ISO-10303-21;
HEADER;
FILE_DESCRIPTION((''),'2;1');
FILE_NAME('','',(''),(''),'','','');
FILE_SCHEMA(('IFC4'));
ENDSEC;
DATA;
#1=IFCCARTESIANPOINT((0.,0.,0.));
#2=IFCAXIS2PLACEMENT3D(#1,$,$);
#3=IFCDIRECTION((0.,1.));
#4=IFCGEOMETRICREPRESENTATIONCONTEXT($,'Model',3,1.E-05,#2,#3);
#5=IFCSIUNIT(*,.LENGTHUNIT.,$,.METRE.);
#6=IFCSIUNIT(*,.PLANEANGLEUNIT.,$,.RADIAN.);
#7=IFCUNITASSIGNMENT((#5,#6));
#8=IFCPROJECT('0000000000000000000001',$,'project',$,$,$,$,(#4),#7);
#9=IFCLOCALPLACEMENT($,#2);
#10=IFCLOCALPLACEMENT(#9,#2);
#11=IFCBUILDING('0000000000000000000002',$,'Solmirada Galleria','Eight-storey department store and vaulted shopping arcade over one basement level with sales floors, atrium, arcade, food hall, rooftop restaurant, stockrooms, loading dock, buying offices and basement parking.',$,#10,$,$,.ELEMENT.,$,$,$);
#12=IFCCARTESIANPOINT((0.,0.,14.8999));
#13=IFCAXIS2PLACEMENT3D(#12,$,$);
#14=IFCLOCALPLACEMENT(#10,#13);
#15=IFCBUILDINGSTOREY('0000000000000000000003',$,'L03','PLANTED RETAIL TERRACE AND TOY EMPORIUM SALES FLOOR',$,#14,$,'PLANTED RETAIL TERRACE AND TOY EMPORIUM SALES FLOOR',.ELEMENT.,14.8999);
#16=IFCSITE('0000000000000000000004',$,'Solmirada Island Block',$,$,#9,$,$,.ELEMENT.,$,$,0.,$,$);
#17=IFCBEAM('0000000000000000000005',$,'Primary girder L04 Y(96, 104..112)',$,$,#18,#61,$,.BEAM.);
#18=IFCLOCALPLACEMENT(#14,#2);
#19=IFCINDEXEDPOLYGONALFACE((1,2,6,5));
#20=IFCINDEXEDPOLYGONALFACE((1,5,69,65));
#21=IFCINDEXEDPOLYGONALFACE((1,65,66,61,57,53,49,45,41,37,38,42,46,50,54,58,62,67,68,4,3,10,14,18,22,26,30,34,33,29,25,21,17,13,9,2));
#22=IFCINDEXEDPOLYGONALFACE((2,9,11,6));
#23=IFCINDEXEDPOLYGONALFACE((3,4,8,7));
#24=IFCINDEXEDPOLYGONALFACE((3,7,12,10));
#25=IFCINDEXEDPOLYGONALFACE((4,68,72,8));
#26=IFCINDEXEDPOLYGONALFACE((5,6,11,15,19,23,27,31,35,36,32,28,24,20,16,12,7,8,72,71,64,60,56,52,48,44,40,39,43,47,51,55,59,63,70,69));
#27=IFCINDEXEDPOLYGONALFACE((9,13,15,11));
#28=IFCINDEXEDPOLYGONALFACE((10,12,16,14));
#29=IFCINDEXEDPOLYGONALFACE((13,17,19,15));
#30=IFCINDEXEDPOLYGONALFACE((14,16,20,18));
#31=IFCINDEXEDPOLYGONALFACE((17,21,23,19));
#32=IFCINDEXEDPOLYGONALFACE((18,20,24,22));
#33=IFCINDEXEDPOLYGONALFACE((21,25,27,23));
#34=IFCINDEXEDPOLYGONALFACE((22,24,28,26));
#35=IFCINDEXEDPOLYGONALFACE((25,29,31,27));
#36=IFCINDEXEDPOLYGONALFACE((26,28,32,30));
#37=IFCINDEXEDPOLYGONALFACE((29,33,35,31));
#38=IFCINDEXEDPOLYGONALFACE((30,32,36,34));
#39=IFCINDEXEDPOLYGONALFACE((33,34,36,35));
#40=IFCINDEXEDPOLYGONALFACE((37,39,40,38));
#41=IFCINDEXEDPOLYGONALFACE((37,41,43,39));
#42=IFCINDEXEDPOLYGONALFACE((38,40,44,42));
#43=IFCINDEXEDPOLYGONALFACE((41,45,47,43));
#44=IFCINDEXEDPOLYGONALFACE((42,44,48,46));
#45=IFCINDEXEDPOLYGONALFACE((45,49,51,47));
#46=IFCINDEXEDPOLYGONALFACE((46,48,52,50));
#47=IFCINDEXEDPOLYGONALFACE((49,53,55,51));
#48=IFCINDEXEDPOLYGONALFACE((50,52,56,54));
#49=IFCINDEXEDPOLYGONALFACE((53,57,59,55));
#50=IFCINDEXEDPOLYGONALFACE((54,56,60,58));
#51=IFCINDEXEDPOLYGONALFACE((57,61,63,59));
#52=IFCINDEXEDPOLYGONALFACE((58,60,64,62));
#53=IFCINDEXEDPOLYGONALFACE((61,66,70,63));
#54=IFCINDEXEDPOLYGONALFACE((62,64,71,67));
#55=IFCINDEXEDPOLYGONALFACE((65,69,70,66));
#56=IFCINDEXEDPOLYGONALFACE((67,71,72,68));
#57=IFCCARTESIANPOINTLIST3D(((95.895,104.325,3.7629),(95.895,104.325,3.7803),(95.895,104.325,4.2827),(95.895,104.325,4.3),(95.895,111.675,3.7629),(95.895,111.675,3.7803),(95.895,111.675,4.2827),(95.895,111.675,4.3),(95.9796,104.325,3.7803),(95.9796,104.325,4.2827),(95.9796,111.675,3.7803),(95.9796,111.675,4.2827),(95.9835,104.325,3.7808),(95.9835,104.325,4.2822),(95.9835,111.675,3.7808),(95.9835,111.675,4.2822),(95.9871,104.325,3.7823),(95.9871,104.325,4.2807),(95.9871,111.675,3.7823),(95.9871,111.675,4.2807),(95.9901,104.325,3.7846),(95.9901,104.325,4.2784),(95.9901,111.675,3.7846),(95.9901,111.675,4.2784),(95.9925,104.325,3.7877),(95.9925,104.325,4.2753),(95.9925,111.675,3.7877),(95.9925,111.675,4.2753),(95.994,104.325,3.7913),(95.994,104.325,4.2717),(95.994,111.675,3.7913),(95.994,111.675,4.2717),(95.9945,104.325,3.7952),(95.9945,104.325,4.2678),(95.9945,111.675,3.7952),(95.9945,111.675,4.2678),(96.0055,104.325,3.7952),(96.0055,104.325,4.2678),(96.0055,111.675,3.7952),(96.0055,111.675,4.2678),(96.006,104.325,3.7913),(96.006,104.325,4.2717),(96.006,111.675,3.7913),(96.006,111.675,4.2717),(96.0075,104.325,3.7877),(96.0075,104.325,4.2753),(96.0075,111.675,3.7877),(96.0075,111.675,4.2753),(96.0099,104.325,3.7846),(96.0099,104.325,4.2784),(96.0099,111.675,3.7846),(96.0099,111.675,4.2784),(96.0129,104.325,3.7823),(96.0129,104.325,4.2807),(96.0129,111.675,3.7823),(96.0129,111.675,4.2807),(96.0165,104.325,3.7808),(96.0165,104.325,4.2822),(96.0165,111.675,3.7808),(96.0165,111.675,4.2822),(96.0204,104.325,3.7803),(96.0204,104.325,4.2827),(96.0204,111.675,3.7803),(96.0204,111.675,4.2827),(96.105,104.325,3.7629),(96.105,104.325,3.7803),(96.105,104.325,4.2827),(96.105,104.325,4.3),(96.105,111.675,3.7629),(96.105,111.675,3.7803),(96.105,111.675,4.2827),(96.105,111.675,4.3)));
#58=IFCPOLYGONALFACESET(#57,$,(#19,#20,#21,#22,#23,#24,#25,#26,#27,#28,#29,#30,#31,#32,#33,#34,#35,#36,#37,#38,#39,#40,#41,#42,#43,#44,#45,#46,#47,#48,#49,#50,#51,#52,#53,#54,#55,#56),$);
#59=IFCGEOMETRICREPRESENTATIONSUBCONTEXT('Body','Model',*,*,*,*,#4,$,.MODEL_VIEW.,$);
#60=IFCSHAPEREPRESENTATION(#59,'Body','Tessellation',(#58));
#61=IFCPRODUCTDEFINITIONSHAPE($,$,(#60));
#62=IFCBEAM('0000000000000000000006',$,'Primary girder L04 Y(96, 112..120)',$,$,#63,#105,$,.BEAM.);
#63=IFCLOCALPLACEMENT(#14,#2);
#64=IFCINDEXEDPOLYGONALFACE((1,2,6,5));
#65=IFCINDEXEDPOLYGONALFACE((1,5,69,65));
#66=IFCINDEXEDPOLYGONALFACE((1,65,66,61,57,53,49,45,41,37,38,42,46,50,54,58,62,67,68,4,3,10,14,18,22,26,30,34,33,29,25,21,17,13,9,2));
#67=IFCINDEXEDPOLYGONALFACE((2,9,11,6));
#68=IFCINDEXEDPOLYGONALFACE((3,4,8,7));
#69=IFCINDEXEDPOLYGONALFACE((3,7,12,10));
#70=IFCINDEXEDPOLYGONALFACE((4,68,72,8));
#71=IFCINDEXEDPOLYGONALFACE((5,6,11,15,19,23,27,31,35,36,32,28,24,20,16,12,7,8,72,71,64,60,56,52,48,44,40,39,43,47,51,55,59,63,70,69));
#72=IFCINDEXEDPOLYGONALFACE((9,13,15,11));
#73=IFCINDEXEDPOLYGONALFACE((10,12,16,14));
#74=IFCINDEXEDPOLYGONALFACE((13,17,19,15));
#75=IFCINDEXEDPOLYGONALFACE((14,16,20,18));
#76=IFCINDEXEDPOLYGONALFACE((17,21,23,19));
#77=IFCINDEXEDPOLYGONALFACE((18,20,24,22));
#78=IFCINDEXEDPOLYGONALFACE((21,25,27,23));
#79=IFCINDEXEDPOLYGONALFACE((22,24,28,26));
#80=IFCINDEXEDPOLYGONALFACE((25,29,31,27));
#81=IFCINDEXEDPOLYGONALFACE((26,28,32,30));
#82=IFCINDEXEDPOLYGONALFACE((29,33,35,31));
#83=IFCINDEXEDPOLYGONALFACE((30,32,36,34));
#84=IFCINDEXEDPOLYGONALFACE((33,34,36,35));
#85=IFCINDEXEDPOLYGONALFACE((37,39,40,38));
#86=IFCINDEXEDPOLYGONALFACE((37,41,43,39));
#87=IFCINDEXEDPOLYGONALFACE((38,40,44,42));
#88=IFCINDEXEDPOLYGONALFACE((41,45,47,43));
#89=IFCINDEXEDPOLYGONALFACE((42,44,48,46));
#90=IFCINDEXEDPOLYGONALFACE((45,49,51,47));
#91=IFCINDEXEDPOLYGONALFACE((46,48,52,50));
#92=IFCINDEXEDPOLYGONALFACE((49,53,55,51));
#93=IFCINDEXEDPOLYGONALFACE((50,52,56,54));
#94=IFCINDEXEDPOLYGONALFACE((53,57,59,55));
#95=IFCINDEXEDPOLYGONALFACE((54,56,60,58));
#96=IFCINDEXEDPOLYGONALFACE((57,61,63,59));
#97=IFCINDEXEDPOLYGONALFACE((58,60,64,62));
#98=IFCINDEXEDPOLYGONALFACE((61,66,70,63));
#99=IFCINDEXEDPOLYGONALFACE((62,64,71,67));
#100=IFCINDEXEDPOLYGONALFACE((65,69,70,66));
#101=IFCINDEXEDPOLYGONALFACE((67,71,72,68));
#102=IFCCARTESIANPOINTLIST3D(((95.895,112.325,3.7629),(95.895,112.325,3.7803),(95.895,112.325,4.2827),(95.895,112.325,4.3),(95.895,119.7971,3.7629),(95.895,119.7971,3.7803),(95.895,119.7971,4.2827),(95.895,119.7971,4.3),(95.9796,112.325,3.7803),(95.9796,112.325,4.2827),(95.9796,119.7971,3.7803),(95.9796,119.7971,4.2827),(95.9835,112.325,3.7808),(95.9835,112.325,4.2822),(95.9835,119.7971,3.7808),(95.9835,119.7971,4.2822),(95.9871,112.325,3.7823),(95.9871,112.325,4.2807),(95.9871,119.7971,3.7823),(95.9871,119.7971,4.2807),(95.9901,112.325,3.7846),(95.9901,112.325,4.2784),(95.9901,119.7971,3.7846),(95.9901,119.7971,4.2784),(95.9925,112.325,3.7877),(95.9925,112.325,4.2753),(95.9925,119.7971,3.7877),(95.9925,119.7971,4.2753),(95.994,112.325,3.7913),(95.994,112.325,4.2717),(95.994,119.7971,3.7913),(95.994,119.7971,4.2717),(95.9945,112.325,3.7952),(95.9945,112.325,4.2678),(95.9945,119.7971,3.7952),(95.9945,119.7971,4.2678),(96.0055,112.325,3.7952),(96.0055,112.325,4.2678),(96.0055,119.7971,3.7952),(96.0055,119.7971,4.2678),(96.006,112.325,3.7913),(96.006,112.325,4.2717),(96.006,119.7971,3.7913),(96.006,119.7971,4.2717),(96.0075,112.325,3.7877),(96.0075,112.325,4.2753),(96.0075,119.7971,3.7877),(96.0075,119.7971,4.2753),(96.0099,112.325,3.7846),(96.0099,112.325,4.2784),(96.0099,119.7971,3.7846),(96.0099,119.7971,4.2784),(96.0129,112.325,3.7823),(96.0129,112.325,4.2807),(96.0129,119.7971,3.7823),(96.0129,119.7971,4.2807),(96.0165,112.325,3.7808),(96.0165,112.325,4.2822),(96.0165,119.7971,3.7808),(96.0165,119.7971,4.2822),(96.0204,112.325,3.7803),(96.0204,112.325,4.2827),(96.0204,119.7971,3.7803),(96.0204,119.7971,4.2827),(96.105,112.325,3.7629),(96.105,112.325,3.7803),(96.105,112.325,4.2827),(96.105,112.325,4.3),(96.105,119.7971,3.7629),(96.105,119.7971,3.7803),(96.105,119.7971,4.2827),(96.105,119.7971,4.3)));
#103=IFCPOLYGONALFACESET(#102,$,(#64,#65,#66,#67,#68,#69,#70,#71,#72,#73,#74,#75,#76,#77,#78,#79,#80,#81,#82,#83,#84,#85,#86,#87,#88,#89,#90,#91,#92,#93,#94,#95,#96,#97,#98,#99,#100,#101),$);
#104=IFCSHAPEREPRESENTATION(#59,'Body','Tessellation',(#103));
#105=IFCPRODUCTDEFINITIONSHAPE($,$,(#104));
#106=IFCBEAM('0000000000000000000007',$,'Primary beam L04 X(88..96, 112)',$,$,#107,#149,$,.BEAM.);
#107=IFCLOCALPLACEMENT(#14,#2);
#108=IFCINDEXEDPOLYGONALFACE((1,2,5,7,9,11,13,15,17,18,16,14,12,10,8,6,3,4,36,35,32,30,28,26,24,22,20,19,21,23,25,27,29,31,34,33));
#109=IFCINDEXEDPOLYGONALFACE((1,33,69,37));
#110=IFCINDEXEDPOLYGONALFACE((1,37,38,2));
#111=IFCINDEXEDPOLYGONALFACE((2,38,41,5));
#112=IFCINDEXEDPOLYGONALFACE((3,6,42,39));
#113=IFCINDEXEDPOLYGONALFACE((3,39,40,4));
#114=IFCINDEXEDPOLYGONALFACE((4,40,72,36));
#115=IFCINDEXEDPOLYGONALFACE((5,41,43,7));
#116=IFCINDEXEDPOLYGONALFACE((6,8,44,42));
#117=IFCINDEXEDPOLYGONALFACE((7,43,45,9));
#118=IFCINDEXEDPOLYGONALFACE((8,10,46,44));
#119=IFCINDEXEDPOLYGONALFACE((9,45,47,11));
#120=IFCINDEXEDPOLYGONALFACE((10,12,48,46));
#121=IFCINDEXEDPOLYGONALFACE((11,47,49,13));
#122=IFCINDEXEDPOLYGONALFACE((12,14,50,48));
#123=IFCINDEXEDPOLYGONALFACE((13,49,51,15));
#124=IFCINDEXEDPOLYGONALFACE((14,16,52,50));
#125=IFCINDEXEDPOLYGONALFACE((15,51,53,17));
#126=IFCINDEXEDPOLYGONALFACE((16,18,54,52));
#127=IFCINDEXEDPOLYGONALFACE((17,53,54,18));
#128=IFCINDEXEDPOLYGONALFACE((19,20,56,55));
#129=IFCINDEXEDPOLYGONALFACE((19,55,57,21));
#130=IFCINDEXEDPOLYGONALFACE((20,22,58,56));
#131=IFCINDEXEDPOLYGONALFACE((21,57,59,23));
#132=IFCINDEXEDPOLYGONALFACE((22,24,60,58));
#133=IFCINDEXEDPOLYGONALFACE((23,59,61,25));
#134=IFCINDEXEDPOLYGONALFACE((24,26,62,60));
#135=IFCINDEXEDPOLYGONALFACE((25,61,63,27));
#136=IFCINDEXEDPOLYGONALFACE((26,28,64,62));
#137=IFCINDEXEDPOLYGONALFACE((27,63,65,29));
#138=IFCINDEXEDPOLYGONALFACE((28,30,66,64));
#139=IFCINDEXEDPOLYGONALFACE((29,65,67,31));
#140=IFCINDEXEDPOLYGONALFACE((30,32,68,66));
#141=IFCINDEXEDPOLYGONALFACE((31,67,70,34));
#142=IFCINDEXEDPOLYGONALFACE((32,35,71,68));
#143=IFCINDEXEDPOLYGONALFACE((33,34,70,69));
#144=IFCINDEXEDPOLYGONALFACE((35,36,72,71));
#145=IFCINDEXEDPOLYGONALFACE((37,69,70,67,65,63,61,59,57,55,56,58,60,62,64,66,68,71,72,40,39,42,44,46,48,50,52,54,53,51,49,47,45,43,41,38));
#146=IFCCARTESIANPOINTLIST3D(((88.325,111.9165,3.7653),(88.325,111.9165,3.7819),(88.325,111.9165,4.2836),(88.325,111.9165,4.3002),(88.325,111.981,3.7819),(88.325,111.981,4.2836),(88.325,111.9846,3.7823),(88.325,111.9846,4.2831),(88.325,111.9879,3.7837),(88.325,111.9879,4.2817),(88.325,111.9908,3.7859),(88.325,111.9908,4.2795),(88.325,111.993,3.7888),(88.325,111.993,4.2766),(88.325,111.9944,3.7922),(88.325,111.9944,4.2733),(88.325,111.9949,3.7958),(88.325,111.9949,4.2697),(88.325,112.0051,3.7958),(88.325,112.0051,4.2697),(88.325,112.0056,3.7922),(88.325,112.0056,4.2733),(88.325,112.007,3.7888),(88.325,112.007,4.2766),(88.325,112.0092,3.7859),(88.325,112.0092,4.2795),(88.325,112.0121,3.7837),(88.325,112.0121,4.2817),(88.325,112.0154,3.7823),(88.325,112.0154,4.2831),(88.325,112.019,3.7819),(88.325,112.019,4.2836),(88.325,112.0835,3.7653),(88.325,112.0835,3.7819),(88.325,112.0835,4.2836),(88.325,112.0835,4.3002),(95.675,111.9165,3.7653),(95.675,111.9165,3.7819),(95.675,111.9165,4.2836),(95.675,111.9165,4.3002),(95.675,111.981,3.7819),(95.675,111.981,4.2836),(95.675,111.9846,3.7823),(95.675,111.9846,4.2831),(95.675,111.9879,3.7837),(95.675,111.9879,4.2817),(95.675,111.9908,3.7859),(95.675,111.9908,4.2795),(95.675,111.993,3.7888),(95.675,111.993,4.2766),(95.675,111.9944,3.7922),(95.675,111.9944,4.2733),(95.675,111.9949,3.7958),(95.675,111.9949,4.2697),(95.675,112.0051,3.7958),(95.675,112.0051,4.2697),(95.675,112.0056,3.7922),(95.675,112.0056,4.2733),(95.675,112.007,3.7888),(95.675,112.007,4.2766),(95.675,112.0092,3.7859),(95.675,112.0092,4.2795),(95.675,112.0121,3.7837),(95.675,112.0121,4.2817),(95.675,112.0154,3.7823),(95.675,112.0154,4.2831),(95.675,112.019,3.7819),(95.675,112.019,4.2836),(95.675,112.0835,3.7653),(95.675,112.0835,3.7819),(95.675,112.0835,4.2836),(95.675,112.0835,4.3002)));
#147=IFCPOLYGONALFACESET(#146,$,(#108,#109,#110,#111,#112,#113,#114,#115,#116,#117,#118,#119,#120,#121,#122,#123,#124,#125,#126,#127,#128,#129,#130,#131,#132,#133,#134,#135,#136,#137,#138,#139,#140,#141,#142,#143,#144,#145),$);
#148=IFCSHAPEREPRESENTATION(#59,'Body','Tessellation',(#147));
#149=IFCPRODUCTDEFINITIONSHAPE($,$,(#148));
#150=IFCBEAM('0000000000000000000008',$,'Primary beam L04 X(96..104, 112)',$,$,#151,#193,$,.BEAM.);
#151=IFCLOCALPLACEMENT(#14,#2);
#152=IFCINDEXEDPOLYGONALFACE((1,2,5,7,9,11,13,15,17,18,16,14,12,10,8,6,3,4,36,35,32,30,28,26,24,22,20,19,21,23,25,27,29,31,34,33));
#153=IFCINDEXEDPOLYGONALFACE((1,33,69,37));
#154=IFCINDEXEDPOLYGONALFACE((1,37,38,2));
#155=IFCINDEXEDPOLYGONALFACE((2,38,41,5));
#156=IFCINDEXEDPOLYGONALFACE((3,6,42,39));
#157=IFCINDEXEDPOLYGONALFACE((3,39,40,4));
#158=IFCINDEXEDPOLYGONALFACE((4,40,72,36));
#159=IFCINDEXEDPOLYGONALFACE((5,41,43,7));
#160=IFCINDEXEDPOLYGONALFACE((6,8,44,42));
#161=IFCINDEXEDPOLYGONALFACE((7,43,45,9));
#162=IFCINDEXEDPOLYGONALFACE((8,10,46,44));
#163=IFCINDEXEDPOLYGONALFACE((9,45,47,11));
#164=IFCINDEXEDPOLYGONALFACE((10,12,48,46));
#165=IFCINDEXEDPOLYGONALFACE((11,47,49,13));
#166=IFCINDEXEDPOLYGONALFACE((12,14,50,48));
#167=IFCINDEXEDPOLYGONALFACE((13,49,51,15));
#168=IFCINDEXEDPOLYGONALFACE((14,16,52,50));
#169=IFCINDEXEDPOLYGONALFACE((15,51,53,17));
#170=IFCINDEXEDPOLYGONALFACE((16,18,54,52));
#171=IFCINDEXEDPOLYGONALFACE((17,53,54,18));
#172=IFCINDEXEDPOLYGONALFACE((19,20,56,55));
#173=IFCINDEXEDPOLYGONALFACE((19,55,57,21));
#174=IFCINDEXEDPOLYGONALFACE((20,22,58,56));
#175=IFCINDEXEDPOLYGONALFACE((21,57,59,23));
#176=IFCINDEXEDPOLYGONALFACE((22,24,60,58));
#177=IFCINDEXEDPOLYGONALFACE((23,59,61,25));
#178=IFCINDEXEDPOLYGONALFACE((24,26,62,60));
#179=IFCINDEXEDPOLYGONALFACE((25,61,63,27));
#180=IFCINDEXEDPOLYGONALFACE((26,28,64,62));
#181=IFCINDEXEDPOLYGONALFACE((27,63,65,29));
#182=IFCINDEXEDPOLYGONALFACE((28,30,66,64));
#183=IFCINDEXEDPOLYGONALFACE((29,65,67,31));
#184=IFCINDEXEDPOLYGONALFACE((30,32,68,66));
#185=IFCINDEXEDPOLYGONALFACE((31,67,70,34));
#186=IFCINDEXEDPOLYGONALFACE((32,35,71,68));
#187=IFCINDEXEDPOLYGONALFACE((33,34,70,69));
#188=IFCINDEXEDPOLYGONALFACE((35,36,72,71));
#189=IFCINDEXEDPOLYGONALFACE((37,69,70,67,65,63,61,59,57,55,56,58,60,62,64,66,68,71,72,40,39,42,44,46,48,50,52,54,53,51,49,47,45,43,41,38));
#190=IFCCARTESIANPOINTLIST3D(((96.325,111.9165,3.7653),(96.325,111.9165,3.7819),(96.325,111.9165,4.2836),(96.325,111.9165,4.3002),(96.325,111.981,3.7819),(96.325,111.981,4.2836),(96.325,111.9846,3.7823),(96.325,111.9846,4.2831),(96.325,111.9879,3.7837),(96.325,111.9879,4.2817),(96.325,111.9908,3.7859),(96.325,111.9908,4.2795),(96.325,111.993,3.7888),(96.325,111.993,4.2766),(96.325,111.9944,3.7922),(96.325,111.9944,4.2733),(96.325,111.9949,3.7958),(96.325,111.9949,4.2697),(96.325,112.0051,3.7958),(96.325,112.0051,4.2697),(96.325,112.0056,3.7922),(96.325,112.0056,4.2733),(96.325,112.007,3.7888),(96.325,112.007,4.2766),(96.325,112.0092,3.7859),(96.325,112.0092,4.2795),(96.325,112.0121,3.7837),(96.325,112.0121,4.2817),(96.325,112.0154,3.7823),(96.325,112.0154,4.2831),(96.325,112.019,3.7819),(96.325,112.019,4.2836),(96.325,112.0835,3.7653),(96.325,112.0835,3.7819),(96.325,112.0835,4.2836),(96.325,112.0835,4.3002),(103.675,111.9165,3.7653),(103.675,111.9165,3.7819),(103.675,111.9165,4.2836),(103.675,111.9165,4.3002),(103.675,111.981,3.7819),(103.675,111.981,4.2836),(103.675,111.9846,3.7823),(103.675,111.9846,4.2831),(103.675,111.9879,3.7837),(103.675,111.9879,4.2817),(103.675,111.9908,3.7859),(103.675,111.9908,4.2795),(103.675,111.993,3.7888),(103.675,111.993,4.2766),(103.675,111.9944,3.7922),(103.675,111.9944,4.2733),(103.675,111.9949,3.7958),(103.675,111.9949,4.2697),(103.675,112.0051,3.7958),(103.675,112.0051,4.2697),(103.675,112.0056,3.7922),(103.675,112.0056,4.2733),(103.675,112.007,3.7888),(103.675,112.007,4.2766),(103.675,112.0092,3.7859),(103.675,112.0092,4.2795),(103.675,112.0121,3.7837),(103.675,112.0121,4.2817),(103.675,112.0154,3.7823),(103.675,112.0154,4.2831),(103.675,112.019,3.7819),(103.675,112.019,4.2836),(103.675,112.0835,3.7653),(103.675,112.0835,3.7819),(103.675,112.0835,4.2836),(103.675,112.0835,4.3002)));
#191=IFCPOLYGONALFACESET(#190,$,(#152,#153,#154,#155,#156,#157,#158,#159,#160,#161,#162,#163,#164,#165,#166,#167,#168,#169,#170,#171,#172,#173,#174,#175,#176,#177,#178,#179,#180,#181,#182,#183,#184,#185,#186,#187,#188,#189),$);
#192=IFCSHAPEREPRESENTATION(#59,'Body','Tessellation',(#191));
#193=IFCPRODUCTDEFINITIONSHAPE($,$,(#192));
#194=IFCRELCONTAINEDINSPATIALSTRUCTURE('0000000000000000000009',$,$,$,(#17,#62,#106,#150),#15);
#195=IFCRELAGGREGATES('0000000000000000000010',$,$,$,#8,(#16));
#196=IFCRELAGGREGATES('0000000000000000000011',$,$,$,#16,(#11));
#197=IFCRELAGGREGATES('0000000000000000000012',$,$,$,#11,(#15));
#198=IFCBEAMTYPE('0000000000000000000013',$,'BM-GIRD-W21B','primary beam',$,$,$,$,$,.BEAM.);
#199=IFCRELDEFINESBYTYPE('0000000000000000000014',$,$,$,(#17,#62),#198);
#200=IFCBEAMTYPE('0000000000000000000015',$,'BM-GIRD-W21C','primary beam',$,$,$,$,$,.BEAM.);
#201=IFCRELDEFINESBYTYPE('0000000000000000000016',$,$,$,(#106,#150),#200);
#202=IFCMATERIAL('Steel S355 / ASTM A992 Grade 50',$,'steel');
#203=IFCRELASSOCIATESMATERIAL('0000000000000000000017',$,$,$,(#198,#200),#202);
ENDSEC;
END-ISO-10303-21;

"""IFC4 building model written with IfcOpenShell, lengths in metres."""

from ifc_helpers import new_model, si_unit, direction, frame, origin, origin_2d, place, context, subcontext, project, spatial, i_section, extrude, material, material_profile, profile_set, type_object, element, save


model = new_model("IFC4")

# Units and contexts
model_context = context("Model", 3, precision=1e-05, world=origin(), true_north=direction((0.0, 1.0)))
body_context = subcontext(model_context, "Body", "Model", "MODEL_VIEW")
ifc_project = project(units=[si_unit("LENGTHUNIT", "METRE"), si_unit("PLANEANGLEUNIT", "RADIAN")], contexts=[model_context])

# Site, building, storey
site_placement = place(None, origin())
site = spatial("IfcSite", under=ifc_project, at=site_placement, Name="Solmirada Island Block", CompositionType="ELEMENT", RefElevation=0.0)
building_placement = place(site_placement, origin())
building = spatial("IfcBuilding", under=site, at=building_placement, Name="Solmirada Galleria", Description="Eight-storey department store and vaulted shopping arcade over one basement level with sales floors, atrium, arcade, food hall, rooftop restaurant, stockrooms, loading dock, buying offices and basement parking.", CompositionType="ELEMENT")
storey_placement = place(building_placement, frame((0.0, 0.0, 14.8999)))
storey = spatial("IfcBuildingStorey", under=building, at=storey_placement, Name="L03", Description="PLANTED RETAIL TERRACE AND TOY EMPORIUM SALES FLOOR", LongName="PLANTED RETAIL TERRACE AND TOY EMPORIUM SALES FLOOR", CompositionType="ELEMENT", Elevation=14.8999)

# Beams
ifc_material_1 = material(Name="Steel S355 / ASTM A992 Grade 50", Category="steel")
ifc_material_profile_1 = material_profile(ifc_material_1, i_section(OverallWidth=0.21, OverallDepth=0.5371, WebThickness=0.011, FlangeThickness=0.0173, FilletRadius=0.0149, at=origin_2d()), Name="W21X68")
ifc_profile_set_1 = profile_set([ifc_material_profile_1], Name="Steel S355 / ASTM A992 Grade 50")
beam_type_1 = type_object("IfcBeamType", Name="BM-GIRD-W21B", Description="primary beam", PredefinedType="BEAM", material=ifc_profile_set_1)
beam_1_placement = place(storey_placement, frame((96.0, 104.325, 4.0315), z_axis=(0.0, 1.0, 0.0), x_axis=(-1.0, 0.0, 0.0)))
element("IfcBeam", 1, at=beam_1_placement, inside=storey, type_object=beam_type_1, Name="Primary girder L04 Y(96, 104..112)", PredefinedType="BEAM", context=body_context, shape_type="SweptSolid", body=[
    extrude(i_section(OverallWidth=0.21, OverallDepth=0.5371, WebThickness=0.011, FlangeThickness=0.0173, FilletRadius=0.0149, at=origin_2d()), origin(), (0.0, 0.0, 1.0), 7.3501),
])
beam_2_placement = place(storey_placement, frame((96.0, 112.325, 4.0315), z_axis=(0.0, 1.0, 0.0), x_axis=(-1.0, 0.0, 0.0)))
element("IfcBeam", 2, at=beam_2_placement, inside=storey, type_object=beam_type_1, Name="Primary girder L04 Y(96, 112..120)", PredefinedType="BEAM", context=body_context, shape_type="SweptSolid", body=[
    extrude(i_section(OverallWidth=0.21, OverallDepth=0.5371, WebThickness=0.011, FlangeThickness=0.0173, FilletRadius=0.0149, at=origin_2d()), origin(), (0.0, 0.0, 1.0), 7.4722),
])
ifc_material_profile_2 = material_profile(ifc_material_1, i_section(OverallWidth=0.167, OverallDepth=0.5349, WebThickness=0.0103, FlangeThickness=0.0166, FilletRadius=0.0139, at=origin_2d()), Name="W21X57")
ifc_profile_set_2 = profile_set([ifc_material_profile_2], Name="Steel S355 / ASTM A992 Grade 50")
beam_type_2 = type_object("IfcBeamType", Name="BM-GIRD-W21C", Description="primary beam", PredefinedType="BEAM", material=ifc_profile_set_2)
for number, where, z_axis, x_axis, name in (
    (3, (88.325, 112.0, 4.0327), (1.0, 0.0, 0.0), (0.0, 1.0, 0.0), "Primary beam L04 X(88..96, 112)"),
    (4, (96.325, 112.0, 4.0327), (1.0, 0.0, 0.0), (0.0, 1.0, 0.0), "Primary beam L04 X(96..104, 112)"),
):
    element("IfcBeam", number, at=place(storey_placement, frame(where, z_axis=z_axis, x_axis=x_axis)), inside=storey, type_object=beam_type_2, Name=name, PredefinedType="BEAM", context=body_context, shape_type="SweptSolid", body=[
        extrude(i_section(OverallWidth=0.167, OverallDepth=0.5349, WebThickness=0.0103, FlangeThickness=0.0166, FilletRadius=0.0139, at=origin_2d()), origin(), (0.0, 0.0, 1.0), 7.3501),
    ])

save(model, "model.ifc")
